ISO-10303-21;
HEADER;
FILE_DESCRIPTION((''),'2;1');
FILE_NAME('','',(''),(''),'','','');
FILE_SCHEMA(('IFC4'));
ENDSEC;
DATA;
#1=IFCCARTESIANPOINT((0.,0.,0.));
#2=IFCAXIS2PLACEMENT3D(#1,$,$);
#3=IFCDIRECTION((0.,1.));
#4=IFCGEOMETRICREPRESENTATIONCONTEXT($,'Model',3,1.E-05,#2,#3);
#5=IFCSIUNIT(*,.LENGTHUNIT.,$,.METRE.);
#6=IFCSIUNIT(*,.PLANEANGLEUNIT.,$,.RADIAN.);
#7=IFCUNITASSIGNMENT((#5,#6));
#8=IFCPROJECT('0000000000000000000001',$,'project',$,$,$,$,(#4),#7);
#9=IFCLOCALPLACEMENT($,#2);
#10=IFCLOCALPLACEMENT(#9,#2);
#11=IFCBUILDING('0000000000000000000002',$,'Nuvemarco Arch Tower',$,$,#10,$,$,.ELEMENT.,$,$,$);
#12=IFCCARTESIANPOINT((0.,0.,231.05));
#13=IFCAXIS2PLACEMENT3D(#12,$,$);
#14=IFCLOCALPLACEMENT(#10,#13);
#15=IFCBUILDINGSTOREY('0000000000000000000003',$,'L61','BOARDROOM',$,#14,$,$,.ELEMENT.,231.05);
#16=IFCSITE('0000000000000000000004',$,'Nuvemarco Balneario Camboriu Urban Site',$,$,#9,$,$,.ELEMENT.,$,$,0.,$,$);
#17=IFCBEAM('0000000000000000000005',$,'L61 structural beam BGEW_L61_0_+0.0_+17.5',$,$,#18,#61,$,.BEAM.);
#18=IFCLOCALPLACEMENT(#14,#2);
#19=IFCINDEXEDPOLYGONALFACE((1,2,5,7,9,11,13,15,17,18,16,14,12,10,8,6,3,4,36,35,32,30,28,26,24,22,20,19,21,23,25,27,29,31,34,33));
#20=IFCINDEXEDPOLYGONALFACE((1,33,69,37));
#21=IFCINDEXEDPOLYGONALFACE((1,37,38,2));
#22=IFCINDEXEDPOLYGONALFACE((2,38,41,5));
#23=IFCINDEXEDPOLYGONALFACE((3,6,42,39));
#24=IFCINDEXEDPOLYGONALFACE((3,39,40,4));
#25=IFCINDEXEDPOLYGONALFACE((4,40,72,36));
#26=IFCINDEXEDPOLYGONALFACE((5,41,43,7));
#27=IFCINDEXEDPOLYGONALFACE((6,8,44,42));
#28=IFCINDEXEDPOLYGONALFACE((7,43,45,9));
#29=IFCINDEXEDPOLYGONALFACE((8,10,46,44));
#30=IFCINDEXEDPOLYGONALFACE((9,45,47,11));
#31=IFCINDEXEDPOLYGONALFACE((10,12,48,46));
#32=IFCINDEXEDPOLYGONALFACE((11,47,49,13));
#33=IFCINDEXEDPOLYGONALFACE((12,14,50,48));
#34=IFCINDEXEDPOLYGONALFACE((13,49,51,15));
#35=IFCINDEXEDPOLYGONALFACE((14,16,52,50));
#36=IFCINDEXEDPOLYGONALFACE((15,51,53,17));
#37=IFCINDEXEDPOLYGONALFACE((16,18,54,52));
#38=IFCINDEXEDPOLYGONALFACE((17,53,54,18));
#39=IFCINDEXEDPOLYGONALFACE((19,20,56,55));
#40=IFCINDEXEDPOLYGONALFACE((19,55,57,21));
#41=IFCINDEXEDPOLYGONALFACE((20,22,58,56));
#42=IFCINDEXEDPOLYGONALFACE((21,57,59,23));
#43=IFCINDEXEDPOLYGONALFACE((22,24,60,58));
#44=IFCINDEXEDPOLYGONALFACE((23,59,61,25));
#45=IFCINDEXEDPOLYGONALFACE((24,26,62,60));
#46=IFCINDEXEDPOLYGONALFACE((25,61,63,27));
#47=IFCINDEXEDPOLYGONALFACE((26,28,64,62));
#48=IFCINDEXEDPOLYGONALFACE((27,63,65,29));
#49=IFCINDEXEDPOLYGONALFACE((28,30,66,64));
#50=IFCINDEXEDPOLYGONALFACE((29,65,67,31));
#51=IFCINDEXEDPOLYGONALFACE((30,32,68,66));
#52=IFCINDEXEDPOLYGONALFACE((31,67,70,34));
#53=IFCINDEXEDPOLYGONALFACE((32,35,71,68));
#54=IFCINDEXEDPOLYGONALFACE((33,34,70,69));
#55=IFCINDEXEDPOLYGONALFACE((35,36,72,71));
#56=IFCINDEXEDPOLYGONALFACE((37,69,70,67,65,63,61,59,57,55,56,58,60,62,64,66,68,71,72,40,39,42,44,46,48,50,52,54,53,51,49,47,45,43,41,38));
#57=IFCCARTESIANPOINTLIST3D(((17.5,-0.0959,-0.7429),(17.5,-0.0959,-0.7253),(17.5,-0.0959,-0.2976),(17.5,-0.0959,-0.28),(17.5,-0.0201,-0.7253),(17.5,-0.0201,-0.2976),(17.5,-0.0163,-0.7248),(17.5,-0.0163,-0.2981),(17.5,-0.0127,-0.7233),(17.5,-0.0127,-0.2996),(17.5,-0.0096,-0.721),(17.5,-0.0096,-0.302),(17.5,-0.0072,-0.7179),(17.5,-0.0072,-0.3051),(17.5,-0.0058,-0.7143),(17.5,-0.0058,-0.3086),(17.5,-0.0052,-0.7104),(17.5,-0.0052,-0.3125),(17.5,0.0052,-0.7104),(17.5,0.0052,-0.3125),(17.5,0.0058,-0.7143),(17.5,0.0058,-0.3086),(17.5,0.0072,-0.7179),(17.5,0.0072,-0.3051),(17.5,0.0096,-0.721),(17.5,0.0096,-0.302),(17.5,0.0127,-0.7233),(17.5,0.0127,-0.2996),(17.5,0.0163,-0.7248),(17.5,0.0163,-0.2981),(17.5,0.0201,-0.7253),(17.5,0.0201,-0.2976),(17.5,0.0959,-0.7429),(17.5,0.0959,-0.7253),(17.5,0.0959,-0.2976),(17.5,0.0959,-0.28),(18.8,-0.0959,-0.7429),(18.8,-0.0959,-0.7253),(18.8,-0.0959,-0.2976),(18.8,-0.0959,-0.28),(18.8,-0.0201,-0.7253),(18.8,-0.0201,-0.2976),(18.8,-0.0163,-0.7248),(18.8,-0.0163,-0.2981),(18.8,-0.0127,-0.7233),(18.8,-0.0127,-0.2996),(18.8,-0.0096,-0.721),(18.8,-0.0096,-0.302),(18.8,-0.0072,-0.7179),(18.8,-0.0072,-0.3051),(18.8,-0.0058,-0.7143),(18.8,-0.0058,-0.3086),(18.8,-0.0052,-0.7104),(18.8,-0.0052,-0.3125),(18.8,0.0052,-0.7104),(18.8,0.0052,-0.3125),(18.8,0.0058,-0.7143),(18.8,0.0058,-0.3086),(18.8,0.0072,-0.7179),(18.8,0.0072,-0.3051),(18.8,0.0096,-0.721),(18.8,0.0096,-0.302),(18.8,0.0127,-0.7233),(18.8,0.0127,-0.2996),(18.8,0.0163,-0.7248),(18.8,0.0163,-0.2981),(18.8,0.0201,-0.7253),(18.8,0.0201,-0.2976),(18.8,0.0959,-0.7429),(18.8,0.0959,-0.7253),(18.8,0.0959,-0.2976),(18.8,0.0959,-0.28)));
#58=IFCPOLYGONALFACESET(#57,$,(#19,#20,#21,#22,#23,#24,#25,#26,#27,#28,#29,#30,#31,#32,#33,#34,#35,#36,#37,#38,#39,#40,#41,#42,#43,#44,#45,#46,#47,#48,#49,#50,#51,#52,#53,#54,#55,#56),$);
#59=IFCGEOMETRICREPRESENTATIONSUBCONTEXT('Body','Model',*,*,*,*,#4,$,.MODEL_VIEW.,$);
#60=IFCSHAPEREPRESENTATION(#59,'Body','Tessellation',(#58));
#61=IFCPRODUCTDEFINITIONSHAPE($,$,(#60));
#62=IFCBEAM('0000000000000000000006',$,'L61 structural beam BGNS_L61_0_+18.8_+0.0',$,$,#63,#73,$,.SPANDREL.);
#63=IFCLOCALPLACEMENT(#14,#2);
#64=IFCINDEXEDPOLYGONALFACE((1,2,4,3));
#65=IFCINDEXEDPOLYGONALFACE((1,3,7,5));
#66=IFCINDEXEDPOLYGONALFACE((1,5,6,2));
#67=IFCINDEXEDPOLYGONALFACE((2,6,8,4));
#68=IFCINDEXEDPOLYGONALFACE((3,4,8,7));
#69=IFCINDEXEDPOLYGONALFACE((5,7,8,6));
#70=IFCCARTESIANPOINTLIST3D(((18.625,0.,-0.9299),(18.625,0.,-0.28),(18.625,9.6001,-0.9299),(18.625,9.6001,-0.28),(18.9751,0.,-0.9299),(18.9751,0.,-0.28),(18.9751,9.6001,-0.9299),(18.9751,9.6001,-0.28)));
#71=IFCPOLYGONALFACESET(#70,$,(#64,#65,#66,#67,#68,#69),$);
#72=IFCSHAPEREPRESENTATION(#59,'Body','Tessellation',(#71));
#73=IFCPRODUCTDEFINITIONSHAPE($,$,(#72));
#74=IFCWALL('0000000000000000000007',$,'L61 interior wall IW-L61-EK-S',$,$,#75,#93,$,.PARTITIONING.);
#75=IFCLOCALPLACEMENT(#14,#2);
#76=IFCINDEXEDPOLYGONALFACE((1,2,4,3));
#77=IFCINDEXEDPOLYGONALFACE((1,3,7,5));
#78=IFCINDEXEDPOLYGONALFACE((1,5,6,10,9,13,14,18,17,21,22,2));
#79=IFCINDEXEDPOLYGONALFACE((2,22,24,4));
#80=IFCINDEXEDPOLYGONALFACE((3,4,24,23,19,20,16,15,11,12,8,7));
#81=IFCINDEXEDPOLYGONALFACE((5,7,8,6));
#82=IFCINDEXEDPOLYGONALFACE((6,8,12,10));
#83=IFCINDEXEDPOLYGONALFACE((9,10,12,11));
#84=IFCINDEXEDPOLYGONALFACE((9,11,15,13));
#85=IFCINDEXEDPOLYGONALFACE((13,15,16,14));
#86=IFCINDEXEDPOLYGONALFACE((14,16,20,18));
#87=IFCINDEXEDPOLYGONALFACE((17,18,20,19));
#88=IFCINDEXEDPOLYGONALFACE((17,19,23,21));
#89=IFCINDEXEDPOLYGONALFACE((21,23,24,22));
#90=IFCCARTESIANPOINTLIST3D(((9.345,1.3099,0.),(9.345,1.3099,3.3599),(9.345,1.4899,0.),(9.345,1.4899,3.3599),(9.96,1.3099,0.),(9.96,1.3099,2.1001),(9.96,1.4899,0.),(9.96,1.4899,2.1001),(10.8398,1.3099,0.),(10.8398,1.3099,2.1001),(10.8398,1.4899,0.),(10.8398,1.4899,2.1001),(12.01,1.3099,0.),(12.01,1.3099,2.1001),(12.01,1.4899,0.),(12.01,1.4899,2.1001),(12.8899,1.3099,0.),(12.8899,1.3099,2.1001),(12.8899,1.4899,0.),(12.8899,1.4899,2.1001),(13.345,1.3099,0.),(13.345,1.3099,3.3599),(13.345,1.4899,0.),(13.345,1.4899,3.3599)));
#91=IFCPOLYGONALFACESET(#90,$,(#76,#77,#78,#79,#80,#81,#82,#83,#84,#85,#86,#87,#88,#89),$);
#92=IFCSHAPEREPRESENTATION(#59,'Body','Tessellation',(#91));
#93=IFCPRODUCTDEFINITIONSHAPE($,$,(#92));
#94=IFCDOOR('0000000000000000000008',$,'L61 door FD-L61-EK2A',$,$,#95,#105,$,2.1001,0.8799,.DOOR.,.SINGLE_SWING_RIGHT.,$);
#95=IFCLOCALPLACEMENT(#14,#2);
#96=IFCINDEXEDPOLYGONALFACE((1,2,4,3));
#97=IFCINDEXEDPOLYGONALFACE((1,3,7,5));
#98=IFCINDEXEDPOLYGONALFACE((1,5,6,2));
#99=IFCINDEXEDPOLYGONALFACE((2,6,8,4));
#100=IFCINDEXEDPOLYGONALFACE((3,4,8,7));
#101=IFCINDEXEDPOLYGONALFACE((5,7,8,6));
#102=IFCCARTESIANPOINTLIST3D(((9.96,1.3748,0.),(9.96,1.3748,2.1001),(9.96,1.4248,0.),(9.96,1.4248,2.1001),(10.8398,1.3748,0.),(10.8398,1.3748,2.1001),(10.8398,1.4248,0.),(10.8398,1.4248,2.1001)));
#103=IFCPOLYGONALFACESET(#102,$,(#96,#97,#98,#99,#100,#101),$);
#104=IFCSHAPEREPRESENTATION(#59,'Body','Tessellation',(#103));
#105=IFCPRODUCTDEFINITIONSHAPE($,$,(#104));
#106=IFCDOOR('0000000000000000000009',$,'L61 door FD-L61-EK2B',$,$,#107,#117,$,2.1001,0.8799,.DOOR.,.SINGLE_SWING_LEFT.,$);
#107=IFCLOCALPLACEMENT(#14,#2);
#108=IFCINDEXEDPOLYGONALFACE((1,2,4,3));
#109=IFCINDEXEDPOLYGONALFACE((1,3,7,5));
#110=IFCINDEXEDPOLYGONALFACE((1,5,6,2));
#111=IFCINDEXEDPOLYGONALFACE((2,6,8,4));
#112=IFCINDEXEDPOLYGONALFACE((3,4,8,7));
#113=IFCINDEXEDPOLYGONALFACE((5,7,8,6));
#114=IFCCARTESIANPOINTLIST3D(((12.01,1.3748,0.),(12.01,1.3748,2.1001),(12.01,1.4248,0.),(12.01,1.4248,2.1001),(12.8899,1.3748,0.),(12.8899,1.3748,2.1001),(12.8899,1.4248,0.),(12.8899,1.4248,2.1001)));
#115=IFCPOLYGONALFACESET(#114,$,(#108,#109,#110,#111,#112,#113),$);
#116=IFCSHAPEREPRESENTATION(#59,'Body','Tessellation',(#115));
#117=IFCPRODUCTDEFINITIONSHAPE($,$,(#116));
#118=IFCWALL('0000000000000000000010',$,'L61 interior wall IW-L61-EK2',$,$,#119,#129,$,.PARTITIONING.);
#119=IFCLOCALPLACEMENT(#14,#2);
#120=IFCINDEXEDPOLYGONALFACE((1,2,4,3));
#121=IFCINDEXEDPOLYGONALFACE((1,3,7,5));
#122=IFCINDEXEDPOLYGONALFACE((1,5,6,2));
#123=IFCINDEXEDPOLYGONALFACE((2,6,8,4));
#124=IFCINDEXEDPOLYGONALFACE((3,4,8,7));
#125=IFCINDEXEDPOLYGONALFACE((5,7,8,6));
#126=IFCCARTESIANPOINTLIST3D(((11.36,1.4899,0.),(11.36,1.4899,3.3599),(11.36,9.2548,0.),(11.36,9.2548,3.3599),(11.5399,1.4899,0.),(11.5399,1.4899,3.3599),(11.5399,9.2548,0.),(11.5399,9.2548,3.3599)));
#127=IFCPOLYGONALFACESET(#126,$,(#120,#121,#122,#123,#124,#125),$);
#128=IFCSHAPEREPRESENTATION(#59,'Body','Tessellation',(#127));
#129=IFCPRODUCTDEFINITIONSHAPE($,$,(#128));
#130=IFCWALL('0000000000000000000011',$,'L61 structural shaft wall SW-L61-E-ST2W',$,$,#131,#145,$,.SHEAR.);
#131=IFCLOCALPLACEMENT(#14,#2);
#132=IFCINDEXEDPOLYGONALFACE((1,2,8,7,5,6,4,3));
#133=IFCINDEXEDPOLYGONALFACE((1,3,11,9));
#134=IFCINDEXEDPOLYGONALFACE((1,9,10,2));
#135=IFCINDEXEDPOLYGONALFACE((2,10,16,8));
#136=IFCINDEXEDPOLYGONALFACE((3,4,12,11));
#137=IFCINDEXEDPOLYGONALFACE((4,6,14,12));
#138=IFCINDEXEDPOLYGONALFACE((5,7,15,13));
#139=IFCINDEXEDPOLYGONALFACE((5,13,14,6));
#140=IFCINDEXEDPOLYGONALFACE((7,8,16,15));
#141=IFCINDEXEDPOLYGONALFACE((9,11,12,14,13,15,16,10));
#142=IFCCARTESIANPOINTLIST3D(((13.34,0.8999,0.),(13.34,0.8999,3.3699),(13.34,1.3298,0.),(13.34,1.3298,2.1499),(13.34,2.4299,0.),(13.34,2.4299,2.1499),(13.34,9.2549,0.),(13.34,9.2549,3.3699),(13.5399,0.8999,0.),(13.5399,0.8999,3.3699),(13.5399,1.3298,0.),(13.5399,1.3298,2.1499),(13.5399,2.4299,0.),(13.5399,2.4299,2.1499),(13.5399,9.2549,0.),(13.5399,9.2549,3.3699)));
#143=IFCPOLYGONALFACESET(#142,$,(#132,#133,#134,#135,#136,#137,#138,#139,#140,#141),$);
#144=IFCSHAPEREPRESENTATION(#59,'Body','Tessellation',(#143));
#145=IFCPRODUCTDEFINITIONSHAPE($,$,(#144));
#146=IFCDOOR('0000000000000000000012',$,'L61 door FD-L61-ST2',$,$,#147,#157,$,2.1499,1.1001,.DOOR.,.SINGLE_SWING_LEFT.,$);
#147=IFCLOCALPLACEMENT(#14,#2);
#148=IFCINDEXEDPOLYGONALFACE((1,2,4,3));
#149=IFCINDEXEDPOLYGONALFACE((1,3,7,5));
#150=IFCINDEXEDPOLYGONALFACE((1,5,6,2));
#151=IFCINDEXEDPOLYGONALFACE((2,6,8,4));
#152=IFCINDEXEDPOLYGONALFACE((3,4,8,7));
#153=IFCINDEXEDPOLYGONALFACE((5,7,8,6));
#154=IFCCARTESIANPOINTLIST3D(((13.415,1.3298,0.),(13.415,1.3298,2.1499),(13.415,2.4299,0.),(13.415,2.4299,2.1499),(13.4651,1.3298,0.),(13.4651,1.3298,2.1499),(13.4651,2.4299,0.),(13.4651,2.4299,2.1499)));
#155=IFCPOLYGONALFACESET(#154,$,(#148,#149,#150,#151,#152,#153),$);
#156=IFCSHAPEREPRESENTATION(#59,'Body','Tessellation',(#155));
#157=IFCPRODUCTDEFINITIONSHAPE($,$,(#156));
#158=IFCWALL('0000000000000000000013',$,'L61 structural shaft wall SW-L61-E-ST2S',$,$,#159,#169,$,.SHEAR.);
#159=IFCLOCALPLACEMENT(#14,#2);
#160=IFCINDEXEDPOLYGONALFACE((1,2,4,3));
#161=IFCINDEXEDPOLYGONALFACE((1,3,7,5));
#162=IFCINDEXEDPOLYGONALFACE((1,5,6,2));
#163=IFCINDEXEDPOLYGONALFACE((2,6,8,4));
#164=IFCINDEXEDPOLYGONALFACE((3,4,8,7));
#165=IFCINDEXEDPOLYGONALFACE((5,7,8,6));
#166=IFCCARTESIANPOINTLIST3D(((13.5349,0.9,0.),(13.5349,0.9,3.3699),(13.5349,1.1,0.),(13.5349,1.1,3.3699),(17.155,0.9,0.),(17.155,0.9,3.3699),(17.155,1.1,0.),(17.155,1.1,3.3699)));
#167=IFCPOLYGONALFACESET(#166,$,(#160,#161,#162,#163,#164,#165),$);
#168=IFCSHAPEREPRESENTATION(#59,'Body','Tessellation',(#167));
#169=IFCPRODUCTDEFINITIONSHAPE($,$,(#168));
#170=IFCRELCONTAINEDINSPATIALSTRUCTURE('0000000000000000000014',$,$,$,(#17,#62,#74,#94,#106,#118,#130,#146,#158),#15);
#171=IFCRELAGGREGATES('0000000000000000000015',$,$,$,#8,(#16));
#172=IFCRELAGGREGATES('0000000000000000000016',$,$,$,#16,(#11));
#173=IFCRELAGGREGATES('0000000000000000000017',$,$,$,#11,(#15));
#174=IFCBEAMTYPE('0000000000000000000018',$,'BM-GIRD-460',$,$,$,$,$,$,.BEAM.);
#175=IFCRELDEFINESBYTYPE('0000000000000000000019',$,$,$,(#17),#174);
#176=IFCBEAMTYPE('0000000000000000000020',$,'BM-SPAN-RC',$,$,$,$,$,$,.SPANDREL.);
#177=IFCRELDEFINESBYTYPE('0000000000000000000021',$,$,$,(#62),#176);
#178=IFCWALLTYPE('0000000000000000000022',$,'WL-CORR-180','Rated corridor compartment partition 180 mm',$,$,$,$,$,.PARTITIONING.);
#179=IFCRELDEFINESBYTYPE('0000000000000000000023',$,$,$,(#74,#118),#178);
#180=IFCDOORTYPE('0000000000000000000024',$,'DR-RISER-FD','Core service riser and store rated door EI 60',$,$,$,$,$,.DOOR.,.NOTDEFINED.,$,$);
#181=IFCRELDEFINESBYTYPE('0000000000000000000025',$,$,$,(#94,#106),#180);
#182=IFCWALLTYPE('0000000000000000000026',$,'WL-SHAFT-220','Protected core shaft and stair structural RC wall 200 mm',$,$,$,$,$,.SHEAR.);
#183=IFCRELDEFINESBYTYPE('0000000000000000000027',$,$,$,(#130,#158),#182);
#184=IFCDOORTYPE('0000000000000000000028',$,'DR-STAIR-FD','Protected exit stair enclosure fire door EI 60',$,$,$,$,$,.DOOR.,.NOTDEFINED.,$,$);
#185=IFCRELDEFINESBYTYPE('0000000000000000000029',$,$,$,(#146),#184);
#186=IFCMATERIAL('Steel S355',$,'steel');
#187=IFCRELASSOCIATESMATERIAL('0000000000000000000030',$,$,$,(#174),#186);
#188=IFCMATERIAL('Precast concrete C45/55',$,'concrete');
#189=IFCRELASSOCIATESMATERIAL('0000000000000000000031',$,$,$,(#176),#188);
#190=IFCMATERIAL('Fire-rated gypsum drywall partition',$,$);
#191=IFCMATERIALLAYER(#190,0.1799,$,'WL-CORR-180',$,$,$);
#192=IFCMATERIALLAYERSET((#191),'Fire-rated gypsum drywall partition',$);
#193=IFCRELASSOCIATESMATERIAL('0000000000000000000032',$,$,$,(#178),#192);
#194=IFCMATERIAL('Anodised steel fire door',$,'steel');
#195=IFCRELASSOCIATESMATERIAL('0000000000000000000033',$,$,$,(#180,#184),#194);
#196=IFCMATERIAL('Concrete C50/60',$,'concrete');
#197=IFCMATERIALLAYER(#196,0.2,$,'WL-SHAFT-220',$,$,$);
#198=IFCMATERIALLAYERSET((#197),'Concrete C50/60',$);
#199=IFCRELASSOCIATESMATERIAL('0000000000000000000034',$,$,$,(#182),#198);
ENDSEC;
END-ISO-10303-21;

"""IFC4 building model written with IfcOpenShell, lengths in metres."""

from ifc_helpers import new_model, si_unit, direction, frame, frame_2d, origin, origin_2d, place, context, subcontext, project, spatial, rectangle, i_section, extrude, source, transform, mapped, material, layer, layer_set, material_profile, profile_set, type_object, type_shapes, element, fill, save


model = new_model("IFC4")

# Units and contexts
model_context = context("Model", 3, precision=1e-05, world=origin(), true_north=direction((0.0, 1.0)))
body_context = subcontext(model_context, "Body", "Model", "MODEL_VIEW")
ifc_project = project(units=[si_unit("LENGTHUNIT", "METRE"), si_unit("PLANEANGLEUNIT", "RADIAN")], contexts=[model_context])

# Site, building, storey
site_placement = place(None, origin())
site = spatial("IfcSite", under=ifc_project, at=site_placement, Name="Nuvemarco Balneario Camboriu Urban Site", CompositionType="ELEMENT", RefElevation=0.0)
building_placement = place(site_placement, origin())
building = spatial("IfcBuilding", under=site, at=building_placement, Name="Nuvemarco Arch Tower", CompositionType="ELEMENT")
storey_placement = place(building_placement, frame((0.0, 0.0, 231.05)))
storey = spatial("IfcBuildingStorey", under=building, at=storey_placement, Name="L61", Description="BOARDROOM", CompositionType="ELEMENT", Elevation=231.05)

# Shared definitions
ifc_material_1 = material(Name="Concrete C50/60", Category="concrete")
ifc_material_2 = material(Name="Steel S355", Category="steel")

# Beams
ifc_material_profile_1 = material_profile(ifc_material_2, i_section(OverallWidth=0.1919, OverallDepth=0.4629, WebThickness=0.0105, FlangeThickness=0.0176, FilletRadius=0.0149, at=origin_2d()), Name="W460x89")
ifc_profile_set_1 = profile_set([ifc_material_profile_1], Name="Steel S355")
beam_type_1 = type_object("IfcBeamType", Name="BM-GIRD-460", PredefinedType="BEAM", material=ifc_profile_set_1)
beam_1_placement = place(storey_placement, frame((17.5, 0.0, -0.5115), z_axis=(1.0, 0.0, 0.0), x_axis=(0.0, 1.0, 0.0)))
element("IfcBeam", 1, at=beam_1_placement, inside=storey, type_object=beam_type_1, Name="L61 structural beam BGEW_L61_0_+0.0_+17.5", PredefinedType="BEAM", context=body_context, shape_type="SweptSolid", body=[
    extrude(i_section(OverallWidth=0.1919, OverallDepth=0.4629, WebThickness=0.0105, FlangeThickness=0.0176, FilletRadius=0.0149, at=origin_2d()), origin(), (0.0, 0.0, 1.0), 1.3),
])
ifc_material_3 = material(Name="Precast concrete C45/55", Category="concrete")
ifc_material_profile_2 = material_profile(ifc_material_3, rectangle(XDim=0.3501, YDim=0.6499, at=origin_2d()), Name="PC-SP-350x650")
ifc_profile_set_2 = profile_set([ifc_material_profile_2], Name="Precast concrete C45/55")
beam_type_2 = type_object("IfcBeamType", Name="BM-SPAN-RC", PredefinedType="SPANDREL", material=ifc_profile_set_2)
beam_2_placement = place(storey_placement, frame((18.8, 0.0, -0.605), z_axis=(0.0, 1.0, 0.0), x_axis=(-1.0, 0.0, 0.0)))
element("IfcBeam", 2, at=beam_2_placement, inside=storey, type_object=beam_type_2, Name="L61 structural beam BGNS_L61_0_+18.8_+0.0", PredefinedType="SPANDREL", context=body_context, shape_type="SweptSolid", body=[
    extrude(rectangle(XDim=0.3501, YDim=0.6499, at=origin_2d()), origin(), (0.0, 0.0, 1.0), 9.6001),
])

# Wall, openings, doors
ifc_material_4 = material(Name="Fire-rated gypsum drywall partition")
ifc_layer_1 = layer(ifc_material_4, 0.1799, Name="WL-CORR-180")
ifc_layer_set_1 = layer_set([ifc_layer_1], Name="Fire-rated gypsum drywall partition")
wall_type_1 = type_object("IfcWallType", Name="WL-CORR-180", Description="Rated corridor compartment partition 180 mm", PredefinedType="PARTITIONING", material=ifc_layer_set_1)
wall_1_placement = place(storey_placement, frame((9.345, 1.3999, 0.0), z_axis=(0.0, 0.0, 1.0), x_axis=(1.0, 0.0, 0.0)))
wall_1 = element("IfcWall", 3, at=wall_1_placement, inside=storey, type_object=wall_type_1, Name="L61 interior wall IW-L61-EK-S", PredefinedType="PARTITIONING", context=body_context, shape_type="SweptSolid", body=[
    extrude(rectangle(XDim=4.0, YDim=0.1799, at=frame_2d((2.0, 0.0))), origin(), (0.0, 0.0, 1.0), 3.3599),
])
opening_1_placement = place(wall_1_placement, frame((0.615, 0.0, 0.0)))
opening_1 = element("IfcOpeningElement", 4, at=opening_1_placement, cuts=wall_1, PredefinedType="OPENING", context=body_context, shape_type="SweptSolid", body=[
    extrude(rectangle(XDim=0.8799, YDim=2.1001, at=frame_2d((0.4399, 1.05))), frame((0.0, 0.0999, 0.0), z_axis=(0.0, -1.0, 0.0), x_axis=(1.0, 0.0, 0.0)), (0.0, 0.0, 1.0), 0.2),
])
opening_2_placement = place(wall_1_placement, frame((2.665, 0.0, 0.0)))
opening_2 = element("IfcOpeningElement", 5, at=opening_2_placement, cuts=wall_1, PredefinedType="OPENING", context=body_context, shape_type="SweptSolid", body=[
    extrude(rectangle(XDim=0.8799, YDim=2.1001, at=frame_2d((0.4399, 1.05))), frame((0.0, 0.0999, 0.0), z_axis=(0.0, -1.0, 0.0), x_axis=(1.0, 0.0, 0.0)), (0.0, 0.0, 1.0), 0.2),
])
ifc_material_5 = material(Name="Anodised steel fire door", Category="steel")
door_type_1 = type_object("IfcDoorType", Name="DR-RISER-FD", Description="Core service riser and store rated door EI 60", OperationType="NOTDEFINED", PredefinedType="DOOR", material=ifc_material_5)
shared_shape_1 = source(origin(), body_context, "Body", "SweptSolid", [
    extrude(rectangle(XDim=0.8799, YDim=2.1001, at=frame_2d((0.4399, 1.05))), frame((0.0, 0.0249, 0.0), z_axis=(0.0, -1.0, 0.0), x_axis=(1.0, 0.0, 0.0)), (0.0, 0.0, 1.0), 0.05),
])
type_shapes(door_type_1, [shared_shape_1])
door_1_placement = place(opening_1_placement, origin())
door_1 = element("IfcDoor", 6, at=door_1_placement, inside=storey, type_object=door_type_1, Name="L61 door FD-L61-EK2A", OperationType="SINGLE_SWING_RIGHT", OverallHeight=2.1001, OverallWidth=0.8799, PredefinedType="DOOR", context=body_context, shape_type="MappedRepresentation", body=[
    mapped(shared_shape_1, transform((0.0, 0.0, 0.0), scale=1.0)),
])
fill(opening_1, door_1)
door_2_placement = place(opening_2_placement, origin())
door_2 = element("IfcDoor", 7, at=door_2_placement, inside=storey, type_object=door_type_1, Name="L61 door FD-L61-EK2B", OperationType="SINGLE_SWING_LEFT", OverallHeight=2.1001, OverallWidth=0.8799, PredefinedType="DOOR", context=body_context, shape_type="MappedRepresentation", body=[
    mapped(shared_shape_1, transform((0.0, 0.0, 0.0), scale=1.0)),
])
fill(opening_2, door_2)

# Wall
wall_2_placement = place(storey_placement, frame((11.45, 1.49, 0.0), z_axis=(0.0, 0.0, 1.0), x_axis=(0.0, 1.0, 0.0)))
element("IfcWall", 8, at=wall_2_placement, inside=storey, type_object=wall_type_1, Name="L61 interior wall IW-L61-EK2", PredefinedType="PARTITIONING", context=body_context, shape_type="SweptSolid", body=[
    extrude(rectangle(XDim=7.7649, YDim=0.1799, at=frame_2d((3.8823, 0.0))), origin(), (0.0, 0.0, 1.0), 3.3599),
])

# Wall, opening, door
ifc_layer_2 = layer(ifc_material_1, 0.2, Name="WL-SHAFT-220")
ifc_layer_set_2 = layer_set([ifc_layer_2], Name="Concrete C50/60")
wall_type_2 = type_object("IfcWallType", Name="WL-SHAFT-220", Description="Protected core shaft and stair structural RC wall 200 mm", PredefinedType="SHEAR", material=ifc_layer_set_2)
wall_3_placement = place(storey_placement, frame((13.4399, 0.8999, 0.0), z_axis=(0.0, 0.0, 1.0), x_axis=(0.0, 1.0, 0.0)))
wall_3 = element("IfcWall", 9, at=wall_3_placement, inside=storey, type_object=wall_type_2, Name="L61 structural shaft wall SW-L61-E-ST2W", PredefinedType="SHEAR", context=body_context, shape_type="SweptSolid", body=[
    extrude(rectangle(XDim=8.355, YDim=0.2, at=frame_2d((4.1775, 0.0))), origin(), (0.0, 0.0, 1.0), 3.3699),
])
opening_3_placement = place(wall_3_placement, frame((0.4299, 0.0, 0.0)))
opening_3 = element("IfcOpeningElement", 10, at=opening_3_placement, cuts=wall_3, PredefinedType="OPENING", context=body_context, shape_type="SweptSolid", body=[
    extrude(rectangle(XDim=1.1001, YDim=2.1499, at=frame_2d((0.55, 1.075))), frame((0.0, 0.1099, 0.0), z_axis=(0.0, -1.0, 0.0), x_axis=(1.0, 0.0, 0.0)), (0.0, 0.0, 1.0), 0.22),
])
door_type_2 = type_object("IfcDoorType", Name="DR-STAIR-FD", Description="Protected exit stair enclosure fire door EI 60", OperationType="NOTDEFINED", PredefinedType="DOOR", material=ifc_material_5)
shared_shape_2 = source(origin(), body_context, "Body", "SweptSolid", [
    extrude(rectangle(XDim=1.1001, YDim=2.1499, at=frame_2d((0.55, 1.075))), frame((0.0, 0.0249, 0.0), z_axis=(0.0, -1.0, 0.0), x_axis=(1.0, 0.0, 0.0)), (0.0, 0.0, 1.0), 0.05),
])
type_shapes(door_type_2, [shared_shape_2])
door_3_placement = place(opening_3_placement, origin())
door_3 = element("IfcDoor", 11, at=door_3_placement, inside=storey, type_object=door_type_2, Name="L61 door FD-L61-ST2", OperationType="SINGLE_SWING_LEFT", OverallHeight=2.1499, OverallWidth=1.1001, PredefinedType="DOOR", context=body_context, shape_type="MappedRepresentation", body=[
    mapped(shared_shape_2, transform((0.0, 0.0, 0.0), scale=1.0)),
])
fill(opening_3, door_3)

# Wall
wall_4_placement = place(storey_placement, frame((13.5349, 1.0, 0.0), z_axis=(0.0, 0.0, 1.0), x_axis=(1.0, 0.0, 0.0)))
element("IfcWall", 12, at=wall_4_placement, inside=storey, type_object=wall_type_2, Name="L61 structural shaft wall SW-L61-E-ST2S", PredefinedType="SHEAR", context=body_context, shape_type="SweptSolid", body=[
    extrude(rectangle(XDim=3.6201, YDim=0.2, at=frame_2d((1.8101, 0.0))), origin(), (0.0, 0.0, 1.0), 3.3699),
])

save(model, "model.ifc")
